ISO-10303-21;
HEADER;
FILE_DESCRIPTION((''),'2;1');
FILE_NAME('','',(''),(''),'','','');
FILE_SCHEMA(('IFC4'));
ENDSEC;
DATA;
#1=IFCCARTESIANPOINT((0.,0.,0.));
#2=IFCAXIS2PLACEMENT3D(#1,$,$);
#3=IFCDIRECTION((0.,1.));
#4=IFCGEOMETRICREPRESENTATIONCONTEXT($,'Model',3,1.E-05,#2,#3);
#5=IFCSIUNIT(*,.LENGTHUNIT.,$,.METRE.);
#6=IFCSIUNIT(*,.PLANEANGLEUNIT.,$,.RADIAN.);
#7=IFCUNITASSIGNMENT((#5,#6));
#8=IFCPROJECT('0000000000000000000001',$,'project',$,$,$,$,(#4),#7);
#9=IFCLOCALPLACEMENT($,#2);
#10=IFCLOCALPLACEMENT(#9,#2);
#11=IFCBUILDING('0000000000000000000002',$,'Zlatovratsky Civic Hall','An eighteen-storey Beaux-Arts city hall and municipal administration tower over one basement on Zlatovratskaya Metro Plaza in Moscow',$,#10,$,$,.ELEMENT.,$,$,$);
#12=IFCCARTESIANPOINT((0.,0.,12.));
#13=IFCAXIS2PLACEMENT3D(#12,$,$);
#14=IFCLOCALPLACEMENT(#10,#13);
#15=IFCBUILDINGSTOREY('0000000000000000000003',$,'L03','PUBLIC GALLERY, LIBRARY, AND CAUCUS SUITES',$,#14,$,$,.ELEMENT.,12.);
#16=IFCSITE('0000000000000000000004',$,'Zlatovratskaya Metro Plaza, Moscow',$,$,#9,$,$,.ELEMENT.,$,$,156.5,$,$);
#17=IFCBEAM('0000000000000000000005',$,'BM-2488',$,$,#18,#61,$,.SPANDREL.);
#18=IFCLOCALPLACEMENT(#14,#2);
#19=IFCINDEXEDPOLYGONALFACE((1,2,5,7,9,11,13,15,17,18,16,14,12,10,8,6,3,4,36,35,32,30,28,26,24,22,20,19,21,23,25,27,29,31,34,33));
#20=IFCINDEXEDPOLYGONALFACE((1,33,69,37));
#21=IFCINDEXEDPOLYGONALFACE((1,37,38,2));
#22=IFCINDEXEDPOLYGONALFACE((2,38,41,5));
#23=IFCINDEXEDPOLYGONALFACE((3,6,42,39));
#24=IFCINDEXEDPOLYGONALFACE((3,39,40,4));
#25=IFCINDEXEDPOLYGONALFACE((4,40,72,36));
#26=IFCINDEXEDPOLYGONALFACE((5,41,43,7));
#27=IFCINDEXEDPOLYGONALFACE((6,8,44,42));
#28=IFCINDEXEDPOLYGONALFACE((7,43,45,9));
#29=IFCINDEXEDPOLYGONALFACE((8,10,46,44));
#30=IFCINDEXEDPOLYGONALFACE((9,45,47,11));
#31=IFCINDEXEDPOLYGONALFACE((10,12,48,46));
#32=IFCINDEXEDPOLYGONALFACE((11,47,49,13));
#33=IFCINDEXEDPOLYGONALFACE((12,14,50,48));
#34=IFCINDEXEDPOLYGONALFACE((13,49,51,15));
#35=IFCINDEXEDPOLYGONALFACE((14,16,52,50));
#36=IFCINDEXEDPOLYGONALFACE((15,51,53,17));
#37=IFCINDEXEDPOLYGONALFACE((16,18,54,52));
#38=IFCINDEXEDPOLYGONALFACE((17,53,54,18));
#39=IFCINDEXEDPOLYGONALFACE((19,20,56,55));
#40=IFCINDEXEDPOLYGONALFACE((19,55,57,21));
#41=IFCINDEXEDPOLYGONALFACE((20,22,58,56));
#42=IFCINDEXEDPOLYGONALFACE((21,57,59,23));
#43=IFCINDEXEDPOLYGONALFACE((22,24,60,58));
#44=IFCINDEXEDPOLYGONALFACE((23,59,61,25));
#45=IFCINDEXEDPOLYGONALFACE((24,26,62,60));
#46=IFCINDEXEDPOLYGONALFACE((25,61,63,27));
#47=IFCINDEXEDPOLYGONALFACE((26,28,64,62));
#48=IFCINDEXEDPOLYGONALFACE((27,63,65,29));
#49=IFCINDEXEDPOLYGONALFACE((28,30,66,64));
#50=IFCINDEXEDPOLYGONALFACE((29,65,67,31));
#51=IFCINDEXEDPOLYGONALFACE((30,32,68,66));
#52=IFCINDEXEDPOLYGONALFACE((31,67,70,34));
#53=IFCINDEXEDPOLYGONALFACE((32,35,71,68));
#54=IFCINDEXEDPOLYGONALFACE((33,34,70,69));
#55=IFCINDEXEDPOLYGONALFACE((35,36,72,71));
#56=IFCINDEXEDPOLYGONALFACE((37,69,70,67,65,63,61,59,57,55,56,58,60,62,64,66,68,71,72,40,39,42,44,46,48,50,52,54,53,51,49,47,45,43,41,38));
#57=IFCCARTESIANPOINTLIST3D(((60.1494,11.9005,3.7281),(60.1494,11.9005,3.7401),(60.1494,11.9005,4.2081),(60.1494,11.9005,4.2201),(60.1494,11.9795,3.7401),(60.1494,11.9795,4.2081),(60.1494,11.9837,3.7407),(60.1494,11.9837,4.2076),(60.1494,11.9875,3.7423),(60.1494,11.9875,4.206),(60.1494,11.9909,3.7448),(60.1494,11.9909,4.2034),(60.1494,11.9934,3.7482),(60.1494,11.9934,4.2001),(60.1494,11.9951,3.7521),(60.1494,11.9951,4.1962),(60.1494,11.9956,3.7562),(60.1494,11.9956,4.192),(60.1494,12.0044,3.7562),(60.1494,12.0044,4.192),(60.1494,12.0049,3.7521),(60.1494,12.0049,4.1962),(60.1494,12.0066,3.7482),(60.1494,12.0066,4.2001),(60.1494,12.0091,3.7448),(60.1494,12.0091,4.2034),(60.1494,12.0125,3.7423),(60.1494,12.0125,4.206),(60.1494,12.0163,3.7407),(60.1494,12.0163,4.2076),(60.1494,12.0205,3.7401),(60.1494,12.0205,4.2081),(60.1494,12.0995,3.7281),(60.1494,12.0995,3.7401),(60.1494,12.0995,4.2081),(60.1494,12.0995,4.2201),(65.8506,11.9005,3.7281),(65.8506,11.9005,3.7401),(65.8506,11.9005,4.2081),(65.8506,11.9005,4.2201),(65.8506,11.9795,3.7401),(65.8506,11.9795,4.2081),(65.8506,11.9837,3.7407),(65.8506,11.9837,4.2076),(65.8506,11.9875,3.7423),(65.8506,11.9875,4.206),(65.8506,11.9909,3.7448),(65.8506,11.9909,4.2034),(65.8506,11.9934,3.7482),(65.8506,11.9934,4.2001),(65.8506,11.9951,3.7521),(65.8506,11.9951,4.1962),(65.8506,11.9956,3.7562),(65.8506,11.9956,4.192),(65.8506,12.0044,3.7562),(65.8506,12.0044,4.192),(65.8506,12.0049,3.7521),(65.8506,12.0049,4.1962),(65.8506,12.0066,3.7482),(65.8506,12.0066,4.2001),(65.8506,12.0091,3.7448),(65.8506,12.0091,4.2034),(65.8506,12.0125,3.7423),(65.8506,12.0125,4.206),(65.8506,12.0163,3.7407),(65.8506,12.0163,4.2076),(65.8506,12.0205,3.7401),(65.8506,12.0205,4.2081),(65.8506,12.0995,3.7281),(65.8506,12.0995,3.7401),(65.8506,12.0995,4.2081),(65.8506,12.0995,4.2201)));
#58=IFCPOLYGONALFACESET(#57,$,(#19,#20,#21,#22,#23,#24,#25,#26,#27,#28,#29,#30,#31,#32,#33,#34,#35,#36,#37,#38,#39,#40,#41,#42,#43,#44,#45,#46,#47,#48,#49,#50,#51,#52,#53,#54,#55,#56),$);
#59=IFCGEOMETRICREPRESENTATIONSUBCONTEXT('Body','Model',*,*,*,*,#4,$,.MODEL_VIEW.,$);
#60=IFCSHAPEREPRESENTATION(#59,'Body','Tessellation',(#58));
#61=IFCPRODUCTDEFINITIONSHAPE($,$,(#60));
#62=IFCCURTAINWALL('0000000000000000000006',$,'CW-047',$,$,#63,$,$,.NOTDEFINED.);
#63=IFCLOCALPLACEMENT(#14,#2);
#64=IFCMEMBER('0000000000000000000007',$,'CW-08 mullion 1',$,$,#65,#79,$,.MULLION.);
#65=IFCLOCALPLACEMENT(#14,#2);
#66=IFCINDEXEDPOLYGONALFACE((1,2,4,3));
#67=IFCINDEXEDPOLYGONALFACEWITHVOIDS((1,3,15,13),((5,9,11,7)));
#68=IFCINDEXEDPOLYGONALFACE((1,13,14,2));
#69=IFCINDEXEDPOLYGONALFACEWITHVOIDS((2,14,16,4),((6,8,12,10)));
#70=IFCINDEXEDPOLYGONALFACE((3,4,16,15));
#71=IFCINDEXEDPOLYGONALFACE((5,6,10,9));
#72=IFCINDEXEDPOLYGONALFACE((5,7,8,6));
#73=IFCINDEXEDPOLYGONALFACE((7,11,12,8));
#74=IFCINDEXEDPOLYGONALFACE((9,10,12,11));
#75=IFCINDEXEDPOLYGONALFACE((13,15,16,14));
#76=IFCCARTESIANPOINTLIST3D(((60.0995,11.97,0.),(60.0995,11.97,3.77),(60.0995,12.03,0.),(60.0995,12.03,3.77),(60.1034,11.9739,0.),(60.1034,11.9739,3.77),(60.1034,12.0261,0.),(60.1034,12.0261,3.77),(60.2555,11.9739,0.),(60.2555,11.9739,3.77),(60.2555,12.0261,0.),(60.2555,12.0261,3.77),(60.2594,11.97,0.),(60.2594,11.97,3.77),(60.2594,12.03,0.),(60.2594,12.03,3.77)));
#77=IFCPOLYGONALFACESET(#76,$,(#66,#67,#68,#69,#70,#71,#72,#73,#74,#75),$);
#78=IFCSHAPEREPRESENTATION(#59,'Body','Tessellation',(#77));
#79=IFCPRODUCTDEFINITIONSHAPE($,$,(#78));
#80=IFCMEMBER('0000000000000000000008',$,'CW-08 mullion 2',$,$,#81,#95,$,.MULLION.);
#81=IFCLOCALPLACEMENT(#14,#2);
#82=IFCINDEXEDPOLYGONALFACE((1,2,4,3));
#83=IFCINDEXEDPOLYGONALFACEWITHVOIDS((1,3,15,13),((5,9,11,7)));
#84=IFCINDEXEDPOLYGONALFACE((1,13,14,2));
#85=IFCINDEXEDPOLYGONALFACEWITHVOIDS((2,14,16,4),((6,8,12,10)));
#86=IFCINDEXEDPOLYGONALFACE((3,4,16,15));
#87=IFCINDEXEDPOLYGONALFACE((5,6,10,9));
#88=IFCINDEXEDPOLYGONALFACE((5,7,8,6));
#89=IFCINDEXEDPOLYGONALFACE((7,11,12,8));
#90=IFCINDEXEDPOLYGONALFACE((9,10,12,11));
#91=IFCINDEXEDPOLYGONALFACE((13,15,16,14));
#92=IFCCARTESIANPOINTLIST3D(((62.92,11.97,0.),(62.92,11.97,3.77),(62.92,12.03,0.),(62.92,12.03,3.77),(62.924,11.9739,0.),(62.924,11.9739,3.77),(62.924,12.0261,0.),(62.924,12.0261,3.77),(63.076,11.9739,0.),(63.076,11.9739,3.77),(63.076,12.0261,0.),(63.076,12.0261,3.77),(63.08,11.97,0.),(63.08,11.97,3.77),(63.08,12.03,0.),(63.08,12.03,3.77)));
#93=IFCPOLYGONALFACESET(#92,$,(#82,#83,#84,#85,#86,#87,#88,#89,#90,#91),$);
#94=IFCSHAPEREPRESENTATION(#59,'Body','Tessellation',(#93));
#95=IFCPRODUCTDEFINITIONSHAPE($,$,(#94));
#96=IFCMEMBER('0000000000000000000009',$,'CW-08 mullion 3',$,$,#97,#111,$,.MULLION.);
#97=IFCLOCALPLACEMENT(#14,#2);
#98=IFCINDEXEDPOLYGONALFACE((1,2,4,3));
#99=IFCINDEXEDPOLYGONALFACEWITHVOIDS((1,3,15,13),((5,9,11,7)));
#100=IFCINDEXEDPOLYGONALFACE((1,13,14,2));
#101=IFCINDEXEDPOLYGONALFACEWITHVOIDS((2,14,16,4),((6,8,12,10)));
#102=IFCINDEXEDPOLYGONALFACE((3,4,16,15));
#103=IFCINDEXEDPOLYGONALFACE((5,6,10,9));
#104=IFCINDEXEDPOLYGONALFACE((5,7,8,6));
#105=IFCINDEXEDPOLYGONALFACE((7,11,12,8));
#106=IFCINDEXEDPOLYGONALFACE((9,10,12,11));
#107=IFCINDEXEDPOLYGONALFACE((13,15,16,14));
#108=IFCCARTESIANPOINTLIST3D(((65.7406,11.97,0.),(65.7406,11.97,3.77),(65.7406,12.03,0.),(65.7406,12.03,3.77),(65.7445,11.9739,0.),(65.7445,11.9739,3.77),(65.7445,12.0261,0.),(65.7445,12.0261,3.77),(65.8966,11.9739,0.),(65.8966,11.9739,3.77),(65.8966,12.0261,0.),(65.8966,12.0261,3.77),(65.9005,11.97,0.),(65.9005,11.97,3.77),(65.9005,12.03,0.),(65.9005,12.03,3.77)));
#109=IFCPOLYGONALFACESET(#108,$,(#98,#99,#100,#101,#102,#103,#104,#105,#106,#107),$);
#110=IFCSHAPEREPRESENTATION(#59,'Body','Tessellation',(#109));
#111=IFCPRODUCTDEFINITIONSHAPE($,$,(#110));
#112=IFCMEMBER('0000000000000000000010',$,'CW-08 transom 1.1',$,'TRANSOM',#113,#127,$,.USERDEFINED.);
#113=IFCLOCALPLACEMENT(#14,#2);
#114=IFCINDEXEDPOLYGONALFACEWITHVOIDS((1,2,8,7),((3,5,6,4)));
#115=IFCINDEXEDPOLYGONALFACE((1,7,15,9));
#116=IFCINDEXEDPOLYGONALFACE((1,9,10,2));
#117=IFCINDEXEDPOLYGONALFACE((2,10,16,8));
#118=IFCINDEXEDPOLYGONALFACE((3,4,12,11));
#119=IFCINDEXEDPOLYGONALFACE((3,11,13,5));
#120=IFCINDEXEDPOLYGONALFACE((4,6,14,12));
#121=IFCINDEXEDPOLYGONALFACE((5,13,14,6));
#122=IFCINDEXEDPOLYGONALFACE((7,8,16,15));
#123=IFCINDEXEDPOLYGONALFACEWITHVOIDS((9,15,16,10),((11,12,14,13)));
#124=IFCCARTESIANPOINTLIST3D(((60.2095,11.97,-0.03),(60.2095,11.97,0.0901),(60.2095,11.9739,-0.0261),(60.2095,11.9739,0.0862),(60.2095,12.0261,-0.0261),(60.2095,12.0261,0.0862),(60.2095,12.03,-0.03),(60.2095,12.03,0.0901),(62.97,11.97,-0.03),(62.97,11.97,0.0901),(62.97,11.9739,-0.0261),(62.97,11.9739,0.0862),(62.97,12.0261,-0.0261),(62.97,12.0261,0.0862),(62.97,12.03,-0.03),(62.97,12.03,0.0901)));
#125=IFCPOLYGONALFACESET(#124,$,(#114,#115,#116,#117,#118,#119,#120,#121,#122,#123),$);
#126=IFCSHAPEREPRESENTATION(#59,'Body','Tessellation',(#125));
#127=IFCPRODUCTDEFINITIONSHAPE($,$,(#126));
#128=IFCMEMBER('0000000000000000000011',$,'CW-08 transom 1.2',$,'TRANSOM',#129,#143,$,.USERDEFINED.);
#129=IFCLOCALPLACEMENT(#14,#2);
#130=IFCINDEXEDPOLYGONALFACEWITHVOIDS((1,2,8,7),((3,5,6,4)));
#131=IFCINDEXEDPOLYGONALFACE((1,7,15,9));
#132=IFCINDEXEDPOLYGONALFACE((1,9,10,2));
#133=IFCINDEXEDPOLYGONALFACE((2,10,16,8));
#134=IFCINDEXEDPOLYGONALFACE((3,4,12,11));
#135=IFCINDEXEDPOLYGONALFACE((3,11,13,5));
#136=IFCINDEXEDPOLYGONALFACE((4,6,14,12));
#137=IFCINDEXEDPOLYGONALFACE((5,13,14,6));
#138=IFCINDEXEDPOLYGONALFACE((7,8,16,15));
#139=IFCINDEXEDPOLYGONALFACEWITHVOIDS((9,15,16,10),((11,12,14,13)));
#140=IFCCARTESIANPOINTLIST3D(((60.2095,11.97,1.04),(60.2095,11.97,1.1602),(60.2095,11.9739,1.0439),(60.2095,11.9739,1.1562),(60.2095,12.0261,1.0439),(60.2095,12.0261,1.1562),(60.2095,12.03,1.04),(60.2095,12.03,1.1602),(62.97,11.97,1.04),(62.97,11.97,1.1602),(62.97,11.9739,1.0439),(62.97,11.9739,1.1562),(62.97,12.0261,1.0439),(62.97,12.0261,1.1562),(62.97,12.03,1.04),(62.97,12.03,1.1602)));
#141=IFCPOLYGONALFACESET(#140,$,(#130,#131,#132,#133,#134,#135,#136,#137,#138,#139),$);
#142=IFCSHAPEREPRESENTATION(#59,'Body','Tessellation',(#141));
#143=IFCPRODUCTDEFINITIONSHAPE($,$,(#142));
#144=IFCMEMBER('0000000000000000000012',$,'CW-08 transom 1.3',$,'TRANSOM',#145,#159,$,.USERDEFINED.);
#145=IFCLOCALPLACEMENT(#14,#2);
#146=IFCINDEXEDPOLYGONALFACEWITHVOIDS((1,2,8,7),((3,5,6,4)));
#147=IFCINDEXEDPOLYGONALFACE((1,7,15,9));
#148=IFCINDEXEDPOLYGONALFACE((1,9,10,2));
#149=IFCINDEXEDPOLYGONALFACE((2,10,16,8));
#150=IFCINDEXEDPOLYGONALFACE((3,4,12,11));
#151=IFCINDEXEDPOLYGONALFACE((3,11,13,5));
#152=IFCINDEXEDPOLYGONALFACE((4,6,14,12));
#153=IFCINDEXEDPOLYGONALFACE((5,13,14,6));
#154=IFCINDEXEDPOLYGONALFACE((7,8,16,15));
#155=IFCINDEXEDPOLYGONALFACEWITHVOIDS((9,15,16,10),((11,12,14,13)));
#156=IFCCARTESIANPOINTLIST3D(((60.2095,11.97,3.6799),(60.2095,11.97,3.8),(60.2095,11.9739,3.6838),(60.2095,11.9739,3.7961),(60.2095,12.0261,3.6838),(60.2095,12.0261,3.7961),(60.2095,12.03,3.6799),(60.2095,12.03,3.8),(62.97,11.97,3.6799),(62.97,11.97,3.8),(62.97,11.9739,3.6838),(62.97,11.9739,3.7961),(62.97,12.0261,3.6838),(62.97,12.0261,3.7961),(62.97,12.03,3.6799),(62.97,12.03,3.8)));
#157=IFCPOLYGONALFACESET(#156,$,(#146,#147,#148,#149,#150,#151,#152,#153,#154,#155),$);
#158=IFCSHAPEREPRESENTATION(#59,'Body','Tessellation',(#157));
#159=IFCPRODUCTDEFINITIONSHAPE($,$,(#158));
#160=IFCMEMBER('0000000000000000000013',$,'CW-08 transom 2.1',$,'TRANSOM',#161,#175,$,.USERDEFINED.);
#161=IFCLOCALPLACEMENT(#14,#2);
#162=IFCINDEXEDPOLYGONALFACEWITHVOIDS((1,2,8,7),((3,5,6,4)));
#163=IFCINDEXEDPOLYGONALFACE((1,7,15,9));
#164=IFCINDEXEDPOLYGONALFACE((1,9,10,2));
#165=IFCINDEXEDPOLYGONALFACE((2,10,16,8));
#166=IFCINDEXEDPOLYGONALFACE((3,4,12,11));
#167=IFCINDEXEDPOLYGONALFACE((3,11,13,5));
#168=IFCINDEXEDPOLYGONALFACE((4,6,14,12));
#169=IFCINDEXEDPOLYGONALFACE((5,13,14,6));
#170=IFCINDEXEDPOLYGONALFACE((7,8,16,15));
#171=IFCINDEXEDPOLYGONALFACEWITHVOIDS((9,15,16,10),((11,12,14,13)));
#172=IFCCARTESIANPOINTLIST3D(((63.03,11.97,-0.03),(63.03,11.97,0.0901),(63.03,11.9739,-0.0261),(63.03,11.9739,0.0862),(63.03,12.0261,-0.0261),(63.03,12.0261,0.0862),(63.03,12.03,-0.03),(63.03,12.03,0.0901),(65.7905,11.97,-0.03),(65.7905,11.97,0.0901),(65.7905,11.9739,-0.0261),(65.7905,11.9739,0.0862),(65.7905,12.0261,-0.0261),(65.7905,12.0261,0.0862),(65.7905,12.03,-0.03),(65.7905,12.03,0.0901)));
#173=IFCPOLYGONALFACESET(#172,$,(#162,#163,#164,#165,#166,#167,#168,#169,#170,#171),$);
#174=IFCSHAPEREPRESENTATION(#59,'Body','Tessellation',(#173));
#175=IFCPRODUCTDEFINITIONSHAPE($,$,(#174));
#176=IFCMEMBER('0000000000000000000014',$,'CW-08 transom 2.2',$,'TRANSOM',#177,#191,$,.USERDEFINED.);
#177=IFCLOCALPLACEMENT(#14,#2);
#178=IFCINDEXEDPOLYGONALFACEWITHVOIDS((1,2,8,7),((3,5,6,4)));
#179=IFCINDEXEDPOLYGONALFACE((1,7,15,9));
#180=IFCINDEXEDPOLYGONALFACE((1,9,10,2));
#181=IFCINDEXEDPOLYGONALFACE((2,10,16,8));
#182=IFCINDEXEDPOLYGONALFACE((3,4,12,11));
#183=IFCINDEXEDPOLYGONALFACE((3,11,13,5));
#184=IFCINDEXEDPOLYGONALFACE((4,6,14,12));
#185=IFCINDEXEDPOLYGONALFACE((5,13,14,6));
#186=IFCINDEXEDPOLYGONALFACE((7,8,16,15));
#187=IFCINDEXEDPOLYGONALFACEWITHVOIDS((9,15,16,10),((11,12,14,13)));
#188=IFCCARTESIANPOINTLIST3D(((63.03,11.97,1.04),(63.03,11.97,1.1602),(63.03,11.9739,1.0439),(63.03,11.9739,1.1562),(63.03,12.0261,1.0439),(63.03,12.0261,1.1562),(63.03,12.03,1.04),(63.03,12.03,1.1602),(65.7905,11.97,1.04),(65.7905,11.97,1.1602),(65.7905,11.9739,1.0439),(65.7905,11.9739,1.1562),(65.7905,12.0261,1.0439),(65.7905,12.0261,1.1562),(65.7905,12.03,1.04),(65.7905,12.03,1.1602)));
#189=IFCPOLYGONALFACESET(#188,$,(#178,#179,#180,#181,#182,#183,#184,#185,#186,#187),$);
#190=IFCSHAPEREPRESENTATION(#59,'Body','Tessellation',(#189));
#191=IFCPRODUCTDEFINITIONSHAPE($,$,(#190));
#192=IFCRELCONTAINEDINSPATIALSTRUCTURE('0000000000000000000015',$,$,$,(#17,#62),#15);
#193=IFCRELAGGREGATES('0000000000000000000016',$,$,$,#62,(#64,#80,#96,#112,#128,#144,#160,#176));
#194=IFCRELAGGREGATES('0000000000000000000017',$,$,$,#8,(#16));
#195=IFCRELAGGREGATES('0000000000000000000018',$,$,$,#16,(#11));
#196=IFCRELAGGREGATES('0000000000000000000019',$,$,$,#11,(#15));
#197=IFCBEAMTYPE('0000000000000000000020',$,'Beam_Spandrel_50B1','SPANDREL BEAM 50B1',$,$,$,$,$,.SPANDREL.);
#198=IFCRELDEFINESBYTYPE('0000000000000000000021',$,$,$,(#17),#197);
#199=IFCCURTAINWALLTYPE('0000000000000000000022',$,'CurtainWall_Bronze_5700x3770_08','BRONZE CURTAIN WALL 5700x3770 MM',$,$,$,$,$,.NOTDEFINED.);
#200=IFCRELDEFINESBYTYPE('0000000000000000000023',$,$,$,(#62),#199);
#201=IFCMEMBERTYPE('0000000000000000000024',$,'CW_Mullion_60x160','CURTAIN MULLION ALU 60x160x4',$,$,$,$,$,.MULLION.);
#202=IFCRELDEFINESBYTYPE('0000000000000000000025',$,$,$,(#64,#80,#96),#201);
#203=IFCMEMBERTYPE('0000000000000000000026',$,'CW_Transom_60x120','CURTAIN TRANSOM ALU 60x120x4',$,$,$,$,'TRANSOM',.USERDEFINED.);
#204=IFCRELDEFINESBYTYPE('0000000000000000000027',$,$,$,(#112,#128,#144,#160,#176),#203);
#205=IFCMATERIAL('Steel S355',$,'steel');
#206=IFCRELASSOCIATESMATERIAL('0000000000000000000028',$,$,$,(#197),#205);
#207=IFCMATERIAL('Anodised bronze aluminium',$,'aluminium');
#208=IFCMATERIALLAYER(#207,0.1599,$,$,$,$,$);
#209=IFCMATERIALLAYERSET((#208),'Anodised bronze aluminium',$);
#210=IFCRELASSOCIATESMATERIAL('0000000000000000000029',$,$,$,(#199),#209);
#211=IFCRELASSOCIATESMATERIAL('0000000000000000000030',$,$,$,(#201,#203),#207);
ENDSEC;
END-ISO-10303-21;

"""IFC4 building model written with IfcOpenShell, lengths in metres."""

from ifc_helpers import new_model, si_unit, direction, frame, origin, origin_2d, place, context, subcontext, project, spatial, hollow_rectangle, i_section, extrude, material, layer, layer_set, material_profile, profile_set, type_object, element, aggregate, save


model = new_model("IFC4")

# Units and contexts
model_context = context("Model", 3, precision=1e-05, world=origin(), true_north=direction((0.0, 1.0)))
body_context = subcontext(model_context, "Body", "Model", "MODEL_VIEW")
ifc_project = project(units=[si_unit("LENGTHUNIT", "METRE"), si_unit("PLANEANGLEUNIT", "RADIAN")], contexts=[model_context])

# Site, building, storey
site_placement = place(None, origin())
site = spatial("IfcSite", under=ifc_project, at=site_placement, Name="Zlatovratskaya Metro Plaza, Moscow", CompositionType="ELEMENT", RefElevation=156.5)
building_placement = place(site_placement, origin())
building = spatial("IfcBuilding", under=site, at=building_placement, Name="Zlatovratsky Civic Hall", Description="An eighteen-storey Beaux-Arts city hall and municipal administration tower over one basement on Zlatovratskaya Metro Plaza in Moscow", CompositionType="ELEMENT")
storey_placement = place(building_placement, frame((0.0, 0.0, 12.0)))
storey = spatial("IfcBuildingStorey", under=building, at=storey_placement, Name="L03", Description="PUBLIC GALLERY, LIBRARY, AND CAUCUS SUITES", CompositionType="ELEMENT", Elevation=12.0)

# Shared definitions
ifc_material_1 = material(Name="Steel S355", Category="steel")

# Beam
ifc_material_profile_1 = material_profile(ifc_material_1, i_section(OverallWidth=0.199, OverallDepth=0.4919, WebThickness=0.0088, FlangeThickness=0.012, FilletRadius=0.0161, at=origin_2d()), Name="50B1")
ifc_profile_set_1 = profile_set([ifc_material_profile_1], Name="Steel S355")
beam_type_1 = type_object("IfcBeamType", Name="Beam_Spandrel_50B1", Description="SPANDREL BEAM 50B1", PredefinedType="SPANDREL", material=ifc_profile_set_1)
beam_1_placement = place(storey_placement, frame((60.1494, 12.0, 3.9741), z_axis=(1.0, 0.0, 0.0), x_axis=(0.0, 1.0, 0.0)))
element("IfcBeam", 1, at=beam_1_placement, inside=storey, type_object=beam_type_1, Name="BM-2488", PredefinedType="SPANDREL", context=body_context, shape_type="SweptSolid", body=[
    extrude(i_section(OverallWidth=0.199, OverallDepth=0.4919, WebThickness=0.0088, FlangeThickness=0.012, FilletRadius=0.0161, at=origin_2d()), origin(), (0.0, 0.0, 1.0), 5.7012),
])

# Curtain wall, members
ifc_material_2 = material(Name="Anodised bronze aluminium", Category="aluminium")
ifc_layer_1 = layer(ifc_material_2, 0.1599)
ifc_layer_set_1 = layer_set([ifc_layer_1], Name="Anodised bronze aluminium")
curtain_wall_type = type_object("IfcCurtainWallType", Name="CurtainWall_Bronze_5700x3770_08", Description="BRONZE CURTAIN WALL 5700x3770 MM", PredefinedType="NOTDEFINED", material=ifc_layer_set_1)
curtain_wall_placement = place(storey_placement, origin())
curtain_wall = element("IfcCurtainWall", 2, at=curtain_wall_placement, inside=storey, type_object=curtain_wall_type, Name="CW-047", PredefinedType="NOTDEFINED")
ifc_material_profile_2 = material_profile(ifc_material_2, hollow_rectangle(XDim=0.0601, YDim=0.1599, WallThickness=0.0039, at=origin_2d()), Name="ALU 60x160x4")
ifc_profile_set_2 = profile_set([ifc_material_profile_2], Name="Anodised bronze aluminium")
member_type_1 = type_object("IfcMemberType", Name="CW_Mullion_60x160", Description="CURTAIN MULLION ALU 60x160x4", PredefinedType="MULLION", material=ifc_profile_set_2)
member_1_placement = place(storey_placement, frame((60.1794, 12.0, 0.0), z_axis=(0.0, 0.0, 1.0), x_axis=(0.0, 1.0, 0.0)))
member_1 = element("IfcMember", 3, at=member_1_placement, type_object=member_type_1, Name="CW-08 mullion 1", PredefinedType="MULLION", context=body_context, shape_type="SweptSolid", body=[
    extrude(hollow_rectangle(XDim=0.0601, YDim=0.1599, WallThickness=0.0039, at=origin_2d()), origin(), (0.0, 0.0, 1.0), 3.77),
])
member_2_placement = place(storey_placement, frame((63.0, 12.0, 0.0), z_axis=(0.0, 0.0, 1.0), x_axis=(0.0, 1.0, 0.0)))
member_2 = element("IfcMember", 4, at=member_2_placement, type_object=member_type_1, Name="CW-08 mullion 2", PredefinedType="MULLION", context=body_context, shape_type="SweptSolid", body=[
    extrude(hollow_rectangle(XDim=0.0601, YDim=0.1599, WallThickness=0.0039, at=origin_2d()), origin(), (0.0, 0.0, 1.0), 3.77),
])
member_3_placement = place(storey_placement, frame((65.8206, 12.0, 0.0), z_axis=(0.0, 0.0, 1.0), x_axis=(0.0, 1.0, 0.0)))
member_3 = element("IfcMember", 5, at=member_3_placement, type_object=member_type_1, Name="CW-08 mullion 3", PredefinedType="MULLION", context=body_context, shape_type="SweptSolid", body=[
    extrude(hollow_rectangle(XDim=0.0601, YDim=0.1599, WallThickness=0.0039, at=origin_2d()), origin(), (0.0, 0.0, 1.0), 3.77),
])
ifc_material_profile_3 = material_profile(ifc_material_2, hollow_rectangle(XDim=0.0601, YDim=0.1201, WallThickness=0.0039, at=origin_2d()), Name="ALU 60x120x4")
ifc_profile_set_3 = profile_set([ifc_material_profile_3], Name="Anodised bronze aluminium")
member_type_2 = type_object("IfcMemberType", Name="CW_Transom_60x120", Description="CURTAIN TRANSOM ALU 60x120x4", ElementType="TRANSOM", PredefinedType="USERDEFINED", material=ifc_profile_set_3)
member_4_placement = place(storey_placement, frame((60.2095, 12.0, 0.03), z_axis=(1.0, 0.0, 0.0), x_axis=(0.0, 1.0, 0.0)))
member_4 = element("IfcMember", 6, at=member_4_placement, type_object=member_type_2, Name="CW-08 transom 1.1", ObjectType="TRANSOM", PredefinedType="USERDEFINED", context=body_context, shape_type="SweptSolid", body=[
    extrude(hollow_rectangle(XDim=0.0601, YDim=0.1201, WallThickness=0.0039, at=origin_2d()), origin(), (0.0, 0.0, 1.0), 2.7605),
])
member_5_placement = place(storey_placement, frame((60.2095, 12.0, 1.1001), z_axis=(1.0, 0.0, 0.0), x_axis=(0.0, 1.0, 0.0)))
member_5 = element("IfcMember", 7, at=member_5_placement, type_object=member_type_2, Name="CW-08 transom 1.2", ObjectType="TRANSOM", PredefinedType="USERDEFINED", context=body_context, shape_type="SweptSolid", body=[
    extrude(hollow_rectangle(XDim=0.0601, YDim=0.1201, WallThickness=0.0039, at=origin_2d()), origin(), (0.0, 0.0, 1.0), 2.7605),
])
member_6_placement = place(storey_placement, frame((60.2095, 12.0, 3.74), z_axis=(1.0, 0.0, 0.0), x_axis=(0.0, 1.0, 0.0)))
member_6 = element("IfcMember", 8, at=member_6_placement, type_object=member_type_2, Name="CW-08 transom 1.3", ObjectType="TRANSOM", PredefinedType="USERDEFINED", context=body_context, shape_type="SweptSolid", body=[
    extrude(hollow_rectangle(XDim=0.0601, YDim=0.1201, WallThickness=0.0039, at=origin_2d()), origin(), (0.0, 0.0, 1.0), 2.7605),
])
member_7_placement = place(storey_placement, frame((63.03, 12.0, 0.03), z_axis=(1.0, 0.0, 0.0), x_axis=(0.0, 1.0, 0.0)))
member_7 = element("IfcMember", 9, at=member_7_placement, type_object=member_type_2, Name="CW-08 transom 2.1", ObjectType="TRANSOM", PredefinedType="USERDEFINED", context=body_context, shape_type="SweptSolid", body=[
    extrude(hollow_rectangle(XDim=0.0601, YDim=0.1201, WallThickness=0.0039, at=origin_2d()), origin(), (0.0, 0.0, 1.0), 2.7605),
])
member_8_placement = place(storey_placement, frame((63.03, 12.0, 1.1001), z_axis=(1.0, 0.0, 0.0), x_axis=(0.0, 1.0, 0.0)))
member_8 = element("IfcMember", 10, at=member_8_placement, type_object=member_type_2, Name="CW-08 transom 2.2", ObjectType="TRANSOM", PredefinedType="USERDEFINED", context=body_context, shape_type="SweptSolid", body=[
    extrude(hollow_rectangle(XDim=0.0601, YDim=0.1201, WallThickness=0.0039, at=origin_2d()), origin(), (0.0, 0.0, 1.0), 2.7605),
])
aggregate(curtain_wall, [member_1, member_2, member_3, member_4, member_5, member_6, member_7, member_8])

save(model, "model.ifc")
